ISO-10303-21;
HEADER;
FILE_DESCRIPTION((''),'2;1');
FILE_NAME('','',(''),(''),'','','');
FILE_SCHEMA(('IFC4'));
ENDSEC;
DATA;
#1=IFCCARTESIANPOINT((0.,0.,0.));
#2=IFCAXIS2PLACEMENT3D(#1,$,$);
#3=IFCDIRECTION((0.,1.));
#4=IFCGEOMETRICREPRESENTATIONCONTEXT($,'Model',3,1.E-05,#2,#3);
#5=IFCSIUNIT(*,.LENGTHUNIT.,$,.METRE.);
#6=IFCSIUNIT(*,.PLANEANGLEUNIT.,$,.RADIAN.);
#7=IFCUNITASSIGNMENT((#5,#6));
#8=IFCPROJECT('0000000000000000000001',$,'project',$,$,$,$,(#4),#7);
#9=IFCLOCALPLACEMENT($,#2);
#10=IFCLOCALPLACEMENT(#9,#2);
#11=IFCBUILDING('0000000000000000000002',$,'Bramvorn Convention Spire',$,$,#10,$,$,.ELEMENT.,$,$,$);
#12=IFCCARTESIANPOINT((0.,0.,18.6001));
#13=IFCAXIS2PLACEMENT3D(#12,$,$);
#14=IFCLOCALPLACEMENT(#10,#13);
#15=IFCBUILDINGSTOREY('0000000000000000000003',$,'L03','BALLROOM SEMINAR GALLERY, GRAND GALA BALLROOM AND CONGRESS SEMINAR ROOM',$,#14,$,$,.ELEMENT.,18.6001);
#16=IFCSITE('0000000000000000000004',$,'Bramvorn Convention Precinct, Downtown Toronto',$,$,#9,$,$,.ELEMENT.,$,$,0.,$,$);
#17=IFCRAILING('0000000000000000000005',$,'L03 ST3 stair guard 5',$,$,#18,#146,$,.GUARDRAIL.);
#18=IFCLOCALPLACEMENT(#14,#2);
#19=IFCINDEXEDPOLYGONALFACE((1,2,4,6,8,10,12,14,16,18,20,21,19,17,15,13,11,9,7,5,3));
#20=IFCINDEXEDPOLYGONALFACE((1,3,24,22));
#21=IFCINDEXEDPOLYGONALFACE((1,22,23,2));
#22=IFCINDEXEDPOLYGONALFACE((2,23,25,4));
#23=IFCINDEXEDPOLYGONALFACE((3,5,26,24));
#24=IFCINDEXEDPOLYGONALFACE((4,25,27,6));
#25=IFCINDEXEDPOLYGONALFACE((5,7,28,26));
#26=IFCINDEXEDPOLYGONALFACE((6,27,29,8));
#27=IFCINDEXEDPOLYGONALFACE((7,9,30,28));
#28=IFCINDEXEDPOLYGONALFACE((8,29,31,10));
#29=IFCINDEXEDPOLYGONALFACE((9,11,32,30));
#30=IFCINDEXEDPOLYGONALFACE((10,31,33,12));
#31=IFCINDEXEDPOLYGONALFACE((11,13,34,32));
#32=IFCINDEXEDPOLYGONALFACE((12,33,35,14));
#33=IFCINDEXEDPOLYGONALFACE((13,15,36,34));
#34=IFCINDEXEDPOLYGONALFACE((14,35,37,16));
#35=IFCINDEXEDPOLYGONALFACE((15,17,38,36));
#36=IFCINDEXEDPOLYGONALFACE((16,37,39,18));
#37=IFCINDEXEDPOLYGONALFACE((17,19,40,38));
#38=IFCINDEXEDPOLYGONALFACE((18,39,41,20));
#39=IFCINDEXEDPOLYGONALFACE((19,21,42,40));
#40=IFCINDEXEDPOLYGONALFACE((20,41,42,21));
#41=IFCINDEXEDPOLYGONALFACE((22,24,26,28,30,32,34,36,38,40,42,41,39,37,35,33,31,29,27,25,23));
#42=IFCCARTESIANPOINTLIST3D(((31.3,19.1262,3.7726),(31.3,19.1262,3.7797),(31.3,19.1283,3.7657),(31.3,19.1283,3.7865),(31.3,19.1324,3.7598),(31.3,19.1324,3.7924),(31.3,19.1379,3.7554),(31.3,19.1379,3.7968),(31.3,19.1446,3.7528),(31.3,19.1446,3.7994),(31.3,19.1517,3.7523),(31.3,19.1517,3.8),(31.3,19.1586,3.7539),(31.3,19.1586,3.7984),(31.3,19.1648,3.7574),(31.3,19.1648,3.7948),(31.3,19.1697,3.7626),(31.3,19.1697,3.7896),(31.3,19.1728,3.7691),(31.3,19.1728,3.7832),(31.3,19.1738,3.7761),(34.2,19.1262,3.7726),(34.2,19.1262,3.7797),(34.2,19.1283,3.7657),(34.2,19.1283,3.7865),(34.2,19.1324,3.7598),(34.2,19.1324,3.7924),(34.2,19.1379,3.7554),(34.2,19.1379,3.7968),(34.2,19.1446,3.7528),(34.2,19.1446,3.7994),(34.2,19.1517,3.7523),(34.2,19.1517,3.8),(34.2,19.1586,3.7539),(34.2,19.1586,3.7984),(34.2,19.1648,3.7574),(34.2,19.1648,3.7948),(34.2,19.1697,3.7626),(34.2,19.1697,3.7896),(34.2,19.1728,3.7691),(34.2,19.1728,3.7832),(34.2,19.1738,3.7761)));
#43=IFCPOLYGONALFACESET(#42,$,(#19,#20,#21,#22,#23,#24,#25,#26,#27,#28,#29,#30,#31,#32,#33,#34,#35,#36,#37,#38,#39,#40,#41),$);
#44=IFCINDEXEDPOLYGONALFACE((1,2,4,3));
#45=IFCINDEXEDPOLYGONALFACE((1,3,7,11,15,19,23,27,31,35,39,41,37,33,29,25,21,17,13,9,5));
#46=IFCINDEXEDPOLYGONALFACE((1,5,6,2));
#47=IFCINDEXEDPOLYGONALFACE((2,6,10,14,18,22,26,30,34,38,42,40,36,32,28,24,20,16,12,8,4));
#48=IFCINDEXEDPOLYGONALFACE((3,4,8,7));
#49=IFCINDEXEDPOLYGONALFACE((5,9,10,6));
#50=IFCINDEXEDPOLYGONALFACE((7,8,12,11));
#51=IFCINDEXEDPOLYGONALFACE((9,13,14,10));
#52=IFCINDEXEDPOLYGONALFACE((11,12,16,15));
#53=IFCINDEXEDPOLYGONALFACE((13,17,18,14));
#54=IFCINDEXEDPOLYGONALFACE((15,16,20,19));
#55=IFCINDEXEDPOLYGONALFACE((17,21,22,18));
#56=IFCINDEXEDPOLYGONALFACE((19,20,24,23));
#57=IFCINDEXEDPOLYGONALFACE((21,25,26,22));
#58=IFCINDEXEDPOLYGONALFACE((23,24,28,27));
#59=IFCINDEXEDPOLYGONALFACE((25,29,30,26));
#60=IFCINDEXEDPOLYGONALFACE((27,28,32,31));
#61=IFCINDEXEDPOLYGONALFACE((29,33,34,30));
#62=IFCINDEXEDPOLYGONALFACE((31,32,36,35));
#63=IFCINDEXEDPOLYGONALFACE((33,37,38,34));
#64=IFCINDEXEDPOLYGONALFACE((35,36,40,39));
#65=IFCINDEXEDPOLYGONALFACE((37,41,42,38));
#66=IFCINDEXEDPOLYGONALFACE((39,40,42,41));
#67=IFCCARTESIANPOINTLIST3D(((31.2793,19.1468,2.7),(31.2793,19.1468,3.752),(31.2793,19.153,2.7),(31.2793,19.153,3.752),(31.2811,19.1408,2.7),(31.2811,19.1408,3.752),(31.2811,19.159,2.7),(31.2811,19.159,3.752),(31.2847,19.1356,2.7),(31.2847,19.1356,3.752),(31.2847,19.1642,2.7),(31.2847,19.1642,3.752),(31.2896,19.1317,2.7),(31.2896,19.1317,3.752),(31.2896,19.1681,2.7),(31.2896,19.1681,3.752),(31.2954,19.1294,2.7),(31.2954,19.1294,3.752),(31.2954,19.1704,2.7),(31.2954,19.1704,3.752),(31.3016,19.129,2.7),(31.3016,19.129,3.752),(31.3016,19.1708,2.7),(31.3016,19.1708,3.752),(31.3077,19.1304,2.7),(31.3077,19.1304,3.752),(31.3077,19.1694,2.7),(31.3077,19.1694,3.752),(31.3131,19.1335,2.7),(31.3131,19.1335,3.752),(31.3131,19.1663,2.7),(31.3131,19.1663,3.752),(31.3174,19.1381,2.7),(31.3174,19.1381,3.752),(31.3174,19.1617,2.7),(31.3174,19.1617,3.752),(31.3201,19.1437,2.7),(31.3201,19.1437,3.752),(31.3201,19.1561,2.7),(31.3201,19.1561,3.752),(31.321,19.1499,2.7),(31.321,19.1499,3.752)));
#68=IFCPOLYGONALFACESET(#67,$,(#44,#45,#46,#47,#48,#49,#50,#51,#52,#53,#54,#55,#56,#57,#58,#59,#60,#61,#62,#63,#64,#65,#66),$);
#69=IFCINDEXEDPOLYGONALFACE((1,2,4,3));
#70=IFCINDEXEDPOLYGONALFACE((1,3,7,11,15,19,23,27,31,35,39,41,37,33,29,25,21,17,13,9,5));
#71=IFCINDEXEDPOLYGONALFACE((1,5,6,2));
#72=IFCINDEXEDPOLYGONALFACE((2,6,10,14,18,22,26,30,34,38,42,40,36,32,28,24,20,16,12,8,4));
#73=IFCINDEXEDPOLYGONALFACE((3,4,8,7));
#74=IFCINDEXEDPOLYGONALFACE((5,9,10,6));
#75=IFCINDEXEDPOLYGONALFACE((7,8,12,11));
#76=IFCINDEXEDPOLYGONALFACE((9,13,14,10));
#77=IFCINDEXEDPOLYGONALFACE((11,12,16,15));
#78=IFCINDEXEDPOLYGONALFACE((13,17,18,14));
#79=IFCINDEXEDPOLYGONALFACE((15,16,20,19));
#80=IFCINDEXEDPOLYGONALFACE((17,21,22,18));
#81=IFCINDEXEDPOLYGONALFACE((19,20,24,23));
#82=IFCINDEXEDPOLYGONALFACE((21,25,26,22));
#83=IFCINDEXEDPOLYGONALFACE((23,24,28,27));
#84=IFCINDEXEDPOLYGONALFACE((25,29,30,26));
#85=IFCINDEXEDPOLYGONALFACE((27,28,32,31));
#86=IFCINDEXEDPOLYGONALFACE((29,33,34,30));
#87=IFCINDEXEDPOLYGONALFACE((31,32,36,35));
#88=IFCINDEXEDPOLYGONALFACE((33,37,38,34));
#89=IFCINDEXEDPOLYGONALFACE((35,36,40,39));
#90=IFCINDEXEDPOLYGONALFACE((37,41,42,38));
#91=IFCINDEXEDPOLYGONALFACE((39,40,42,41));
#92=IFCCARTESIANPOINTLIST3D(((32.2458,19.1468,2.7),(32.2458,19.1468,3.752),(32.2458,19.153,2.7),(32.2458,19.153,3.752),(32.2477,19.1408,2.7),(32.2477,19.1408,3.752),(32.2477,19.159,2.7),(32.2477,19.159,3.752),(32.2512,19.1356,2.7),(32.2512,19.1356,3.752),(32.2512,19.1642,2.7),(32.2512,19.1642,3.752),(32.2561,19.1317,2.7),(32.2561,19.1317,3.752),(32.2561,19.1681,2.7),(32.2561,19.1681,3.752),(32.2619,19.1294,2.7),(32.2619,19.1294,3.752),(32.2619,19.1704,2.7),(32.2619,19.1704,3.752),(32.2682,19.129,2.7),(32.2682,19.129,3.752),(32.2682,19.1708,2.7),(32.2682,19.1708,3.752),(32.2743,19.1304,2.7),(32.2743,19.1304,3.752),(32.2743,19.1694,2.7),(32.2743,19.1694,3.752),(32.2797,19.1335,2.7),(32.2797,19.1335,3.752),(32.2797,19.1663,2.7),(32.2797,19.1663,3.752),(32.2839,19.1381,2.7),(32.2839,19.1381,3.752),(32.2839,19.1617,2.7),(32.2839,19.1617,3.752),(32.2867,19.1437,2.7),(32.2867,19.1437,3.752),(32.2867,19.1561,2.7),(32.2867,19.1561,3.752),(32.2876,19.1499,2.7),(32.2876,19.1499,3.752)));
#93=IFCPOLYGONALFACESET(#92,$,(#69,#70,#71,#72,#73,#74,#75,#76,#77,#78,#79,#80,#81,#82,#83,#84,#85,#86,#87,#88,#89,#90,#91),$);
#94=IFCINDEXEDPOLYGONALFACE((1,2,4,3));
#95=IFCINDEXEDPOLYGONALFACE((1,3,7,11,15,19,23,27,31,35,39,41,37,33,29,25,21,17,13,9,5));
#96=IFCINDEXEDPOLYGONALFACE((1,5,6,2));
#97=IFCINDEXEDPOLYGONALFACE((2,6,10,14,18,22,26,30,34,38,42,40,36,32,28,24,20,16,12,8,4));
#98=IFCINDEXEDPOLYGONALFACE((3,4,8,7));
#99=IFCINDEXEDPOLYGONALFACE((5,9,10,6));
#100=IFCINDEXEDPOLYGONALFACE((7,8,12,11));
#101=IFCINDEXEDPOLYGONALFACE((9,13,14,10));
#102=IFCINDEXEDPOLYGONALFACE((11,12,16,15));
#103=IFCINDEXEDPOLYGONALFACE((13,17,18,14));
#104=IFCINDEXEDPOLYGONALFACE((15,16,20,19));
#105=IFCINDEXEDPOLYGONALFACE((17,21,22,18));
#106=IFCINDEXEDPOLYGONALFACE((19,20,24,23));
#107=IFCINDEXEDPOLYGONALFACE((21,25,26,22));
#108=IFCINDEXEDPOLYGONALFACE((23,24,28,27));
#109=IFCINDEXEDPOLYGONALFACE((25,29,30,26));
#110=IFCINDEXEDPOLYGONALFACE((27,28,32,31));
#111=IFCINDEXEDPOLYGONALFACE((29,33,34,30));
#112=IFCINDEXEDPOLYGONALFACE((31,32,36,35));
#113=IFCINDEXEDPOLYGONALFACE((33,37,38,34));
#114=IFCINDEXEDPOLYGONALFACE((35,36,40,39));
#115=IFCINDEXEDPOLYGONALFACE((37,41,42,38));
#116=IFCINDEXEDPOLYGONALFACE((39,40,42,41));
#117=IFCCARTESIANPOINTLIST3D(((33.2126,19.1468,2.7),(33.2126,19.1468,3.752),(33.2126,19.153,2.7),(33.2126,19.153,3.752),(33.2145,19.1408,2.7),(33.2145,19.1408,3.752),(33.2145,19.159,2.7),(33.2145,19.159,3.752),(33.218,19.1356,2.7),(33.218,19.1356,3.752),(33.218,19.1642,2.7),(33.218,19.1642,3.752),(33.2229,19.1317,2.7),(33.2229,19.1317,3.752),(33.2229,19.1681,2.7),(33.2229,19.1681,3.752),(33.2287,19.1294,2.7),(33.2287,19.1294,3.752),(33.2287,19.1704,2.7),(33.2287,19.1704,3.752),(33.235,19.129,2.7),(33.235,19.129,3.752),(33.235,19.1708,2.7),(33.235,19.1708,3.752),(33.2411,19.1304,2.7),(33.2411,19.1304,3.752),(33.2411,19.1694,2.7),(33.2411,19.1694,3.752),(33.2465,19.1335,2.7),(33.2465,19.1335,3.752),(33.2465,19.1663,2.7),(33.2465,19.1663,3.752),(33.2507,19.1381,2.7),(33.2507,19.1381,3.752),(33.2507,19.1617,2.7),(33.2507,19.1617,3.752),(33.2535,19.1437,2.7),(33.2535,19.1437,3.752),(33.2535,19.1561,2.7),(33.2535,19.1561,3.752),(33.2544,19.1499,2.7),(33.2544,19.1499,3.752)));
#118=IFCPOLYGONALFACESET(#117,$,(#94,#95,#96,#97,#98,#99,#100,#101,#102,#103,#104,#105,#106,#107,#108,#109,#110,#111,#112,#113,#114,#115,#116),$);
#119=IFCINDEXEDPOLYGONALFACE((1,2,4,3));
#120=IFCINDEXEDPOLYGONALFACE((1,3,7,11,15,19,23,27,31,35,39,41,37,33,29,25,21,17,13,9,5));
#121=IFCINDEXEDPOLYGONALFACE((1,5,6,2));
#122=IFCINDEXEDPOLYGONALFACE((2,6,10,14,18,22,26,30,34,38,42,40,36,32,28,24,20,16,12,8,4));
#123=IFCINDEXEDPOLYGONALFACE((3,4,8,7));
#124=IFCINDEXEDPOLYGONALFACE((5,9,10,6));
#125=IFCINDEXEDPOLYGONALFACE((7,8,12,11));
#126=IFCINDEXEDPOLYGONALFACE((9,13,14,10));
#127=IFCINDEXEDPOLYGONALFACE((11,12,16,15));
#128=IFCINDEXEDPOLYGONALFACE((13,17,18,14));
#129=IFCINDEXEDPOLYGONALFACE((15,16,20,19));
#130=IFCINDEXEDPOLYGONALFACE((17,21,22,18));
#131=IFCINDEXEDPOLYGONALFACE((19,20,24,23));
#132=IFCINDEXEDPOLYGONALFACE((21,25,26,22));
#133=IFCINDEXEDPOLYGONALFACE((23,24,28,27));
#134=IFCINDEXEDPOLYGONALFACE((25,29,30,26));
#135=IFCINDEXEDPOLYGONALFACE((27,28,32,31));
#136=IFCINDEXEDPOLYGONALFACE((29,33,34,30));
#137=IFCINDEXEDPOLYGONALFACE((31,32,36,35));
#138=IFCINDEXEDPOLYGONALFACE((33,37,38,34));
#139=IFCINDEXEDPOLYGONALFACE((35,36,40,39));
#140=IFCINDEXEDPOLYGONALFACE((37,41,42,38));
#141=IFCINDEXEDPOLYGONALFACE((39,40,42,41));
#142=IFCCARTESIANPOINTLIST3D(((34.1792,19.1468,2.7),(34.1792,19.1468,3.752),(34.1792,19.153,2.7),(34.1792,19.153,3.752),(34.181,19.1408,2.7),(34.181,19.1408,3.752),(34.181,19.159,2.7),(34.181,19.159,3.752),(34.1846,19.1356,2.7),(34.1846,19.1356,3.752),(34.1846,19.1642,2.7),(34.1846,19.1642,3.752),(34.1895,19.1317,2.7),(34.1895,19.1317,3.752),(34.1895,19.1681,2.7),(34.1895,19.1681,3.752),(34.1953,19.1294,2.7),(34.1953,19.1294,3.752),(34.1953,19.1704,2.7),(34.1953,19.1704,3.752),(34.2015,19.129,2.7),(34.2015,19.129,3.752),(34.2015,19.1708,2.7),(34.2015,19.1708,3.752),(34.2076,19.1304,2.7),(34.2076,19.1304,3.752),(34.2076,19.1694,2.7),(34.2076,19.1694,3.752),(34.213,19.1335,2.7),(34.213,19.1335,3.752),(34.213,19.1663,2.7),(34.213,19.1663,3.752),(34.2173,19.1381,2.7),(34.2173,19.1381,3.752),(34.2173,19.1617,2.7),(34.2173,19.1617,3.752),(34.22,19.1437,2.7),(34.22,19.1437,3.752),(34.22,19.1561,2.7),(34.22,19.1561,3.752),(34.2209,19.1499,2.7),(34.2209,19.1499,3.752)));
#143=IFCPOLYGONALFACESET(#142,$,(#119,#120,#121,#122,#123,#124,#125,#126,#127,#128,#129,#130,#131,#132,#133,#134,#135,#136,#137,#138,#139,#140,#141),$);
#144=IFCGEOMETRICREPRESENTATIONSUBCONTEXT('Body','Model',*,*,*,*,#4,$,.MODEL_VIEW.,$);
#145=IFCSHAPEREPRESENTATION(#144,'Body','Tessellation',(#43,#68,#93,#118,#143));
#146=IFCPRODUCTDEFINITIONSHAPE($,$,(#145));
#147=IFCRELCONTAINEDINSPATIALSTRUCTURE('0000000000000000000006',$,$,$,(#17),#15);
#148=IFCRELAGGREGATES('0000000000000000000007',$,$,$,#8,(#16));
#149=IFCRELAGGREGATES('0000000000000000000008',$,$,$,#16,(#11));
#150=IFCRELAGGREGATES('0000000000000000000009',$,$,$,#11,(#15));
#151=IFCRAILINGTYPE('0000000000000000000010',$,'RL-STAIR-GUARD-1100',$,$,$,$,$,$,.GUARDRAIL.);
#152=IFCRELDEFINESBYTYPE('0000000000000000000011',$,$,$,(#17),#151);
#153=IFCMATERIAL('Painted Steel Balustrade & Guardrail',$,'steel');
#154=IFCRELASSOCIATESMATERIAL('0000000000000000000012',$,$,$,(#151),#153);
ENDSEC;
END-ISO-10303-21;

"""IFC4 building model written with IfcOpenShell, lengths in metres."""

from ifc_helpers import new_model, si_unit, direction, frame, origin, origin_2d, place, context, subcontext, project, spatial, circle, extrude, material, type_object, element, save


model = new_model("IFC4")

# Units and contexts
model_context = context("Model", 3, precision=1e-05, world=origin(), true_north=direction((0.0, 1.0)))
body_context = subcontext(model_context, "Body", "Model", "MODEL_VIEW")
ifc_project = project(units=[si_unit("LENGTHUNIT", "METRE"), si_unit("PLANEANGLEUNIT", "RADIAN")], contexts=[model_context])

# Site, building, storey
site_placement = place(None, origin())
site = spatial("IfcSite", under=ifc_project, at=site_placement, Name="Bramvorn Convention Precinct, Downtown Toronto", CompositionType="ELEMENT", RefElevation=0.0)
building_placement = place(site_placement, origin())
building = spatial("IfcBuilding", under=site, at=building_placement, Name="Bramvorn Convention Spire", CompositionType="ELEMENT")
storey_placement = place(building_placement, frame((0.0, 0.0, 18.6001)))
storey = spatial("IfcBuildingStorey", under=building, at=storey_placement, Name="L03", Description="BALLROOM SEMINAR GALLERY, GRAND GALA BALLROOM AND CONGRESS SEMINAR ROOM", CompositionType="ELEMENT", Elevation=18.6001)

# Railing
ifc_material_1 = material(Name="Painted Steel Balustrade & Guardrail", Category="steel")
railing_type_1 = type_object("IfcRailingType", Name="RL-STAIR-GUARD-1100", PredefinedType="GUARDRAIL", material=ifc_material_1)
railing_1_placement = place(storey_placement, frame((31.3, 19.1499, 2.7)))
element("IfcRailing", 1, at=railing_1_placement, inside=storey, type_object=railing_type_1, Name="L03 ST3 stair guard 5", PredefinedType="GUARDRAIL", context=body_context, shape_type="SweptSolid", body=[
    extrude(circle(Radius=0.0239, at=origin_2d()), frame((0.0, 0.0, 1.0762), z_axis=(1.0, 0.0, 0.0), x_axis=(0.0, 1.0, 0.0)), (0.0, 0.0, 1.0), 2.8999),
    extrude(circle(Radius=0.021, at=origin_2d()), origin(), (0.0, 0.0, 1.0), 1.052),
    extrude(circle(Radius=0.021, at=origin_2d()), frame((0.9666, 0.0, 0.0)), (0.0, 0.0, 1.0), 1.052),
    extrude(circle(Radius=0.021, at=origin_2d()), frame((1.9333, 0.0, 0.0)), (0.0, 0.0, 1.0), 1.052),
    extrude(circle(Radius=0.021, at=origin_2d()), frame((2.8999, 0.0, 0.0)), (0.0, 0.0, 1.0), 1.052),
])

save(model, "model.ifc")
